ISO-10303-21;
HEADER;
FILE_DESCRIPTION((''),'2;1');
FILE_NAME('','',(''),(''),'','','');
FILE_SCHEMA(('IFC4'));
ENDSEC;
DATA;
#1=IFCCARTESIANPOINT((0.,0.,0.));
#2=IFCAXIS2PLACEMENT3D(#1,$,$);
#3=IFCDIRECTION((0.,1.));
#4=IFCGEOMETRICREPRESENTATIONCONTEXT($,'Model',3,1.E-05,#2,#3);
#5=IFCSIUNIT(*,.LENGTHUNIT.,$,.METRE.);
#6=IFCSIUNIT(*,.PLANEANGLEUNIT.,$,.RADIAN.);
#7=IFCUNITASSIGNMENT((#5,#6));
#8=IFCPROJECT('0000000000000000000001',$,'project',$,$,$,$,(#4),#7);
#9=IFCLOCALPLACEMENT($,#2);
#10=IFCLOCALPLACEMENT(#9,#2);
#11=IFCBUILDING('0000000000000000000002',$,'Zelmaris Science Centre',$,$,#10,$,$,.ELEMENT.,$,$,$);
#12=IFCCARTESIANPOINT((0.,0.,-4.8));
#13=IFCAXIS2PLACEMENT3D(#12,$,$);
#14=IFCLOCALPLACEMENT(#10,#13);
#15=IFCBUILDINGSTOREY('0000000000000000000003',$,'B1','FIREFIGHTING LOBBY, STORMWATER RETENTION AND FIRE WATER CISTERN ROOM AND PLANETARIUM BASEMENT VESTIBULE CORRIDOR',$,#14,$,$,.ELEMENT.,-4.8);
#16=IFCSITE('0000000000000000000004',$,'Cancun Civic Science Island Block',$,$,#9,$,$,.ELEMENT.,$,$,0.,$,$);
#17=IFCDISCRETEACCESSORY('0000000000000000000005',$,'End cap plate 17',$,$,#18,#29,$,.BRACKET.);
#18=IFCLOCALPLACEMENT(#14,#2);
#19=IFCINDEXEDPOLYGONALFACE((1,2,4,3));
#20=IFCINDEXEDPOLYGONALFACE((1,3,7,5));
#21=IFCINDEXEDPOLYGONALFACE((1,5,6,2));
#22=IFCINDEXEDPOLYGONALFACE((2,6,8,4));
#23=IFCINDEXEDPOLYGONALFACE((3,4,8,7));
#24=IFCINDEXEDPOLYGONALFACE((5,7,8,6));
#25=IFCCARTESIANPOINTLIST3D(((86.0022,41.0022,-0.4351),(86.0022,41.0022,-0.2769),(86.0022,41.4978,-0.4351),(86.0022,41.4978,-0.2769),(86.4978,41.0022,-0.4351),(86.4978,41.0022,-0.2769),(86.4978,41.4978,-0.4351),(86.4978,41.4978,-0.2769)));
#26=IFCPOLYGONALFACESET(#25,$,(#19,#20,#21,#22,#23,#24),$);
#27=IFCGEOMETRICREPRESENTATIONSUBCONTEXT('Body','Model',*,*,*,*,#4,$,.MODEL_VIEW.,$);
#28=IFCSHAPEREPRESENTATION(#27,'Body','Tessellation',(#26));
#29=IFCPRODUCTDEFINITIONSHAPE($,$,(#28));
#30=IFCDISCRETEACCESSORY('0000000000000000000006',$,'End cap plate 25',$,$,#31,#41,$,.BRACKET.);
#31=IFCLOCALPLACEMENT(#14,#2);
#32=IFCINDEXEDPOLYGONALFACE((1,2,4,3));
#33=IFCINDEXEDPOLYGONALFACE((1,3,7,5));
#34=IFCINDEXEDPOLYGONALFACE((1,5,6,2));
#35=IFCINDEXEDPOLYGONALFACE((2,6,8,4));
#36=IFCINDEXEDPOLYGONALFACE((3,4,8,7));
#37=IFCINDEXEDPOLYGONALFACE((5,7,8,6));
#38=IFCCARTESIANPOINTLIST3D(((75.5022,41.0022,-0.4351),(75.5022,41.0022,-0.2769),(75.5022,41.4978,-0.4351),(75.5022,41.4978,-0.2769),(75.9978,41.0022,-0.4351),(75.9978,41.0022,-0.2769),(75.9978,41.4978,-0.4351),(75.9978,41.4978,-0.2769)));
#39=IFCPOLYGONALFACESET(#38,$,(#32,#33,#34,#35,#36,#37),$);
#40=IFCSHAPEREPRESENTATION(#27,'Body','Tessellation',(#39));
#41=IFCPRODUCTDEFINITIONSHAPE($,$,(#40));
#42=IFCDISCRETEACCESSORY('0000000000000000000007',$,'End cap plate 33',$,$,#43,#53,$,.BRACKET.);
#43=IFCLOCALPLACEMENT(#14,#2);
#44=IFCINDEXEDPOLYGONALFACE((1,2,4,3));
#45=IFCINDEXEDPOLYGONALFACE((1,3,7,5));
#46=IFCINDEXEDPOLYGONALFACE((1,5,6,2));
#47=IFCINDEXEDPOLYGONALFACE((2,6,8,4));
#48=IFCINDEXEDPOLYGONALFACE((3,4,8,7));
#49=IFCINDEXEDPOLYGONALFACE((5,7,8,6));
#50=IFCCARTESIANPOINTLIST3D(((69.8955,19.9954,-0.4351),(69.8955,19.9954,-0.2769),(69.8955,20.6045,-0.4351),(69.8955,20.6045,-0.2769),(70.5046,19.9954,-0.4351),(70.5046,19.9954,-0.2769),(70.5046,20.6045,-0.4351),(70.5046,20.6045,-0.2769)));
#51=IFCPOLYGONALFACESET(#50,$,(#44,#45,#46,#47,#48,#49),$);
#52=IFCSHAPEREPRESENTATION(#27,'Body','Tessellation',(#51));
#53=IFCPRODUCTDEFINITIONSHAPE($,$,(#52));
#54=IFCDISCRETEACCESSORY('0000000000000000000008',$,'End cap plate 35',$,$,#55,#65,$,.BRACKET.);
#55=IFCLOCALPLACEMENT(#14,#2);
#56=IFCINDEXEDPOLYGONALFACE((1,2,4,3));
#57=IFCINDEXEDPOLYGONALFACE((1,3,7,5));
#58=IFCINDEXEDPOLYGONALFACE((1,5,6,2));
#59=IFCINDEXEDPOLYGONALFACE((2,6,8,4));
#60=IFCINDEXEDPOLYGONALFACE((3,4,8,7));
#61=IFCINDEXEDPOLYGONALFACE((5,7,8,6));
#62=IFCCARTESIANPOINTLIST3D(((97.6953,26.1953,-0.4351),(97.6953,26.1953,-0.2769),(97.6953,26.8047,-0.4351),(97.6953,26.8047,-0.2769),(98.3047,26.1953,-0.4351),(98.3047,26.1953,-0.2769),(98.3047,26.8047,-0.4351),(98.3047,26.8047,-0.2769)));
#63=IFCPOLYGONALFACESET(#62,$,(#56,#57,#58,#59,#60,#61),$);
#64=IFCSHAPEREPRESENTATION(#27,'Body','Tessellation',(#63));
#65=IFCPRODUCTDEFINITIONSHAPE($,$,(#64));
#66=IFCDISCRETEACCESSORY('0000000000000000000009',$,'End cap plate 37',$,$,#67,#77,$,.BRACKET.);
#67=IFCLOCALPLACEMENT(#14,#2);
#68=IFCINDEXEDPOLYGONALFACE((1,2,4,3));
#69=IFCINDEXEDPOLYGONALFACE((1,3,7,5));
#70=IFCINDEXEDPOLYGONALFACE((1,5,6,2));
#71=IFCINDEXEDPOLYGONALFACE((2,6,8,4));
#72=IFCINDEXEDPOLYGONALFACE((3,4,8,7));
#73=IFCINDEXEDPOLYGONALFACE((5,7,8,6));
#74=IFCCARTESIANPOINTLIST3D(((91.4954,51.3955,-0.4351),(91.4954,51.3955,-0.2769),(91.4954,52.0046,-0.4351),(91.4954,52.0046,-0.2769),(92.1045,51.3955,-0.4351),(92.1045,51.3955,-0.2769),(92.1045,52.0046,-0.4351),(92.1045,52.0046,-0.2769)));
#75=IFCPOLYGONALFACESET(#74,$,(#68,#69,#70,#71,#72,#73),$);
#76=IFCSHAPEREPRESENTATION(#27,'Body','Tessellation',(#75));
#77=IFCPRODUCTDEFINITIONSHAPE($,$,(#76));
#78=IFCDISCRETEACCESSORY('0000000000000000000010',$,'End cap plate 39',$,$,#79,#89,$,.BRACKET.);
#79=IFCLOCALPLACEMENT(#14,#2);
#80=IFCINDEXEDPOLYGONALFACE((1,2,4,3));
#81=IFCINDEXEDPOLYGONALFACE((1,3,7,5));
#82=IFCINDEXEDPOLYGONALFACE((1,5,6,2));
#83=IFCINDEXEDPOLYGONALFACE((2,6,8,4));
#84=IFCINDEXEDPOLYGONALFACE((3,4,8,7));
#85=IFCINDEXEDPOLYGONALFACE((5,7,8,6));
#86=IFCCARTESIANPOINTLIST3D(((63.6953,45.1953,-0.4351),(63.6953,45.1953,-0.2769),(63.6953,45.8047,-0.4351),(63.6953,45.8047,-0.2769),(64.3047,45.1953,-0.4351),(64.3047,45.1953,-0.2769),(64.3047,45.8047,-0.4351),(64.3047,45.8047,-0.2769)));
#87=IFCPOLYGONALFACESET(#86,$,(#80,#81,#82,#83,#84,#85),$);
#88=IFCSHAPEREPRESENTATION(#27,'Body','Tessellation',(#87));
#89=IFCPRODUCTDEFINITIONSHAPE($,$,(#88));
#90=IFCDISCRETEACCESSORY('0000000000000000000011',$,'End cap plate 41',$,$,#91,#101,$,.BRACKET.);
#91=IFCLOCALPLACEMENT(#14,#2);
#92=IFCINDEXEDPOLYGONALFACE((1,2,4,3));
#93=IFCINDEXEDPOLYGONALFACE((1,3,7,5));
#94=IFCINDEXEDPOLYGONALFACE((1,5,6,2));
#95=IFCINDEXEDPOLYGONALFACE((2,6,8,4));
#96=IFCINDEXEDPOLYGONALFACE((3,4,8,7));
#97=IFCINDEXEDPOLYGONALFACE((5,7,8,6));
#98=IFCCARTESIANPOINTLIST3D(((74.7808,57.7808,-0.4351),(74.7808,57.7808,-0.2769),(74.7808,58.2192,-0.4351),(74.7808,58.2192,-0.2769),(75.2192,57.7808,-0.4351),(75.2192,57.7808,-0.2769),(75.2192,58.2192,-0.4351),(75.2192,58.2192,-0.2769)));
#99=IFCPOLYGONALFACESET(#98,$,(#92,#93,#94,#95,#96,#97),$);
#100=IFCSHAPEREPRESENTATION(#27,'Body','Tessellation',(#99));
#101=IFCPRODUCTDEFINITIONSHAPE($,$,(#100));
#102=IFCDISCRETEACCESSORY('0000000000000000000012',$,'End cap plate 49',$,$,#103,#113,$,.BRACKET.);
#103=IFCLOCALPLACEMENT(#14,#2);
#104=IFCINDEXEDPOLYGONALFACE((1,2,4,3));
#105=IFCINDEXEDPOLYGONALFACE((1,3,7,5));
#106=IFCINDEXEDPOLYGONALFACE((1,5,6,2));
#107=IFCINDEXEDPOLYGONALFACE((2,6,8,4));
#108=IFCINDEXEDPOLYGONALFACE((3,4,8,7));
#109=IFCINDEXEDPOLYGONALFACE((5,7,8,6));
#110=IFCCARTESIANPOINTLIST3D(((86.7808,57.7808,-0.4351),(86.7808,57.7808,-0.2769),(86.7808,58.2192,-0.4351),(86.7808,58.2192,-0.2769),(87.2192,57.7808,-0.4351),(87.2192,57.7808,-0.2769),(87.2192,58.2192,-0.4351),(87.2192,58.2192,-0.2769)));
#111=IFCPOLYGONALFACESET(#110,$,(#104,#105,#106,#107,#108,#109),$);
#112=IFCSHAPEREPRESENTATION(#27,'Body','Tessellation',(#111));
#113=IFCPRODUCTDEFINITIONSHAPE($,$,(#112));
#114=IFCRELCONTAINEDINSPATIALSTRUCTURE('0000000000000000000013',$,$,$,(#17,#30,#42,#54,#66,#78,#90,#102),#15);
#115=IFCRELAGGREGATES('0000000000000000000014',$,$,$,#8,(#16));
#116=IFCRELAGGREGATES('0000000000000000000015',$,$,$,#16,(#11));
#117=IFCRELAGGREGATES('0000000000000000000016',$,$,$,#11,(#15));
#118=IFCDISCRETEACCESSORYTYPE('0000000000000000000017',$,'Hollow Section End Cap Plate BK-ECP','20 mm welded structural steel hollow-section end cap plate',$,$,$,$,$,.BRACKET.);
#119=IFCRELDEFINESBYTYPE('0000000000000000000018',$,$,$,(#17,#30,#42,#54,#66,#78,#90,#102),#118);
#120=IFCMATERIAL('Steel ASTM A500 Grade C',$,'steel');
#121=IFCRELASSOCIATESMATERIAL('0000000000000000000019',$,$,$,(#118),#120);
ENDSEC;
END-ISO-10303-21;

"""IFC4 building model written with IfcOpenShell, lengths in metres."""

from ifc_helpers import new_model, si_unit, direction, frame, origin, place, context, subcontext, project, spatial, polyline, outline, extrude, material, type_object, element, save


model = new_model("IFC4")

# Units and contexts
model_context = context("Model", 3, precision=1e-05, world=origin(), true_north=direction((0.0, 1.0)))
body_context = subcontext(model_context, "Body", "Model", "MODEL_VIEW")
ifc_project = project(units=[si_unit("LENGTHUNIT", "METRE"), si_unit("PLANEANGLEUNIT", "RADIAN")], contexts=[model_context])

# Site, building, storey
site_placement = place(None, origin())
site = spatial("IfcSite", under=ifc_project, at=site_placement, Name="Cancun Civic Science Island Block", CompositionType="ELEMENT", RefElevation=0.0)
building_placement = place(site_placement, origin())
building = spatial("IfcBuilding", under=site, at=building_placement, Name="Zelmaris Science Centre", CompositionType="ELEMENT")
storey_placement = place(building_placement, frame((0.0, 0.0, -4.8)))
storey = spatial("IfcBuildingStorey", under=building, at=storey_placement, Name="B1", Description="FIREFIGHTING LOBBY, STORMWATER RETENTION AND FIRE WATER CISTERN ROOM AND PLANETARIUM BASEMENT VESTIBULE CORRIDOR", CompositionType="ELEMENT", Elevation=-4.8)

# Discrete accessories
ifc_material_1 = material(Name="Steel ASTM A500 Grade C", Category="steel")
discrete_accessory_type = type_object("IfcDiscreteAccessoryType", Name="Hollow Section End Cap Plate BK-ECP", Description="20 mm welded structural steel hollow-section end cap plate", PredefinedType="BRACKET", material=ifc_material_1)
discrete_accessory_1_placement = place(storey_placement, frame((0.0, 0.0, -0.4351)))
element("IfcDiscreteAccessory", 1, at=discrete_accessory_1_placement, inside=storey, type_object=discrete_accessory_type, Name="End cap plate 17", PredefinedType="BRACKET", context=body_context, shape_type="SweptSolid", body=[
    extrude(outline(polyline([(86.0022, 41.0022), (86.4978, 41.0022), (86.4978, 41.4978), (86.0022, 41.4978), (86.0022, 41.0022)])), origin(), (0.0, 0.0, 1.0), 0.1582),
])
discrete_accessory_2_placement = place(storey_placement, frame((0.0, 0.0, -0.4351)))
element("IfcDiscreteAccessory", 2, at=discrete_accessory_2_placement, inside=storey, type_object=discrete_accessory_type, Name="End cap plate 25", PredefinedType="BRACKET", context=body_context, shape_type="SweptSolid", body=[
    extrude(outline(polyline([(75.5022, 41.0022), (75.9978, 41.0022), (75.9978, 41.4978), (75.5022, 41.4978), (75.5022, 41.0022)])), origin(), (0.0, 0.0, 1.0), 0.1582),
])
discrete_accessory_3_placement = place(storey_placement, frame((0.0, 0.0, -0.4351)))
element("IfcDiscreteAccessory", 3, at=discrete_accessory_3_placement, inside=storey, type_object=discrete_accessory_type, Name="End cap plate 33", PredefinedType="BRACKET", context=body_context, shape_type="SweptSolid", body=[
    extrude(outline(polyline([(69.8955, 19.9954), (70.5046, 19.9954), (70.5046, 20.6045), (69.8955, 20.6045), (69.8955, 19.9954)])), origin(), (0.0, 0.0, 1.0), 0.1582),
])
discrete_accessory_4_placement = place(storey_placement, frame((0.0, 0.0, -0.4351)))
element("IfcDiscreteAccessory", 4, at=discrete_accessory_4_placement, inside=storey, type_object=discrete_accessory_type, Name="End cap plate 35", PredefinedType="BRACKET", context=body_context, shape_type="SweptSolid", body=[
    extrude(outline(polyline([(97.6953, 26.1953), (98.3047, 26.1953), (98.3047, 26.8047), (97.6953, 26.8047), (97.6953, 26.1953)])), origin(), (0.0, 0.0, 1.0), 0.1582),
])
discrete_accessory_5_placement = place(storey_placement, frame((0.0, 0.0, -0.4351)))
element("IfcDiscreteAccessory", 5, at=discrete_accessory_5_placement, inside=storey, type_object=discrete_accessory_type, Name="End cap plate 37", PredefinedType="BRACKET", context=body_context, shape_type="SweptSolid", body=[
    extrude(outline(polyline([(91.4954, 51.3955), (92.1045, 51.3955), (92.1045, 52.0046), (91.4954, 52.0046), (91.4954, 51.3955)])), origin(), (0.0, 0.0, 1.0), 0.1582),
])
discrete_accessory_6_placement = place(storey_placement, frame((0.0, 0.0, -0.4351)))
element("IfcDiscreteAccessory", 6, at=discrete_accessory_6_placement, inside=storey, type_object=discrete_accessory_type, Name="End cap plate 39", PredefinedType="BRACKET", context=body_context, shape_type="SweptSolid", body=[
    extrude(outline(polyline([(63.6953, 45.1953), (64.3047, 45.1953), (64.3047, 45.8047), (63.6953, 45.8047), (63.6953, 45.1953)])), origin(), (0.0, 0.0, 1.0), 0.1582),
])
discrete_accessory_7_placement = place(storey_placement, frame((0.0, 0.0, -0.4351)))
element("IfcDiscreteAccessory", 7, at=discrete_accessory_7_placement, inside=storey, type_object=discrete_accessory_type, Name="End cap plate 41", PredefinedType="BRACKET", context=body_context, shape_type="SweptSolid", body=[
    extrude(outline(polyline([(74.7808, 57.7808), (75.2192, 57.7808), (75.2192, 58.2192), (74.7808, 58.2192), (74.7808, 57.7808)])), origin(), (0.0, 0.0, 1.0), 0.1582),
])
discrete_accessory_8_placement = place(storey_placement, frame((0.0, 0.0, -0.4351)))
element("IfcDiscreteAccessory", 8, at=discrete_accessory_8_placement, inside=storey, type_object=discrete_accessory_type, Name="End cap plate 49", PredefinedType="BRACKET", context=body_context, shape_type="SweptSolid", body=[
    extrude(outline(polyline([(86.7808, 57.7808), (87.2192, 57.7808), (87.2192, 58.2192), (86.7808, 58.2192), (86.7808, 57.7808)])), origin(), (0.0, 0.0, 1.0), 0.1582),
])

save(model, "model.ifc")
